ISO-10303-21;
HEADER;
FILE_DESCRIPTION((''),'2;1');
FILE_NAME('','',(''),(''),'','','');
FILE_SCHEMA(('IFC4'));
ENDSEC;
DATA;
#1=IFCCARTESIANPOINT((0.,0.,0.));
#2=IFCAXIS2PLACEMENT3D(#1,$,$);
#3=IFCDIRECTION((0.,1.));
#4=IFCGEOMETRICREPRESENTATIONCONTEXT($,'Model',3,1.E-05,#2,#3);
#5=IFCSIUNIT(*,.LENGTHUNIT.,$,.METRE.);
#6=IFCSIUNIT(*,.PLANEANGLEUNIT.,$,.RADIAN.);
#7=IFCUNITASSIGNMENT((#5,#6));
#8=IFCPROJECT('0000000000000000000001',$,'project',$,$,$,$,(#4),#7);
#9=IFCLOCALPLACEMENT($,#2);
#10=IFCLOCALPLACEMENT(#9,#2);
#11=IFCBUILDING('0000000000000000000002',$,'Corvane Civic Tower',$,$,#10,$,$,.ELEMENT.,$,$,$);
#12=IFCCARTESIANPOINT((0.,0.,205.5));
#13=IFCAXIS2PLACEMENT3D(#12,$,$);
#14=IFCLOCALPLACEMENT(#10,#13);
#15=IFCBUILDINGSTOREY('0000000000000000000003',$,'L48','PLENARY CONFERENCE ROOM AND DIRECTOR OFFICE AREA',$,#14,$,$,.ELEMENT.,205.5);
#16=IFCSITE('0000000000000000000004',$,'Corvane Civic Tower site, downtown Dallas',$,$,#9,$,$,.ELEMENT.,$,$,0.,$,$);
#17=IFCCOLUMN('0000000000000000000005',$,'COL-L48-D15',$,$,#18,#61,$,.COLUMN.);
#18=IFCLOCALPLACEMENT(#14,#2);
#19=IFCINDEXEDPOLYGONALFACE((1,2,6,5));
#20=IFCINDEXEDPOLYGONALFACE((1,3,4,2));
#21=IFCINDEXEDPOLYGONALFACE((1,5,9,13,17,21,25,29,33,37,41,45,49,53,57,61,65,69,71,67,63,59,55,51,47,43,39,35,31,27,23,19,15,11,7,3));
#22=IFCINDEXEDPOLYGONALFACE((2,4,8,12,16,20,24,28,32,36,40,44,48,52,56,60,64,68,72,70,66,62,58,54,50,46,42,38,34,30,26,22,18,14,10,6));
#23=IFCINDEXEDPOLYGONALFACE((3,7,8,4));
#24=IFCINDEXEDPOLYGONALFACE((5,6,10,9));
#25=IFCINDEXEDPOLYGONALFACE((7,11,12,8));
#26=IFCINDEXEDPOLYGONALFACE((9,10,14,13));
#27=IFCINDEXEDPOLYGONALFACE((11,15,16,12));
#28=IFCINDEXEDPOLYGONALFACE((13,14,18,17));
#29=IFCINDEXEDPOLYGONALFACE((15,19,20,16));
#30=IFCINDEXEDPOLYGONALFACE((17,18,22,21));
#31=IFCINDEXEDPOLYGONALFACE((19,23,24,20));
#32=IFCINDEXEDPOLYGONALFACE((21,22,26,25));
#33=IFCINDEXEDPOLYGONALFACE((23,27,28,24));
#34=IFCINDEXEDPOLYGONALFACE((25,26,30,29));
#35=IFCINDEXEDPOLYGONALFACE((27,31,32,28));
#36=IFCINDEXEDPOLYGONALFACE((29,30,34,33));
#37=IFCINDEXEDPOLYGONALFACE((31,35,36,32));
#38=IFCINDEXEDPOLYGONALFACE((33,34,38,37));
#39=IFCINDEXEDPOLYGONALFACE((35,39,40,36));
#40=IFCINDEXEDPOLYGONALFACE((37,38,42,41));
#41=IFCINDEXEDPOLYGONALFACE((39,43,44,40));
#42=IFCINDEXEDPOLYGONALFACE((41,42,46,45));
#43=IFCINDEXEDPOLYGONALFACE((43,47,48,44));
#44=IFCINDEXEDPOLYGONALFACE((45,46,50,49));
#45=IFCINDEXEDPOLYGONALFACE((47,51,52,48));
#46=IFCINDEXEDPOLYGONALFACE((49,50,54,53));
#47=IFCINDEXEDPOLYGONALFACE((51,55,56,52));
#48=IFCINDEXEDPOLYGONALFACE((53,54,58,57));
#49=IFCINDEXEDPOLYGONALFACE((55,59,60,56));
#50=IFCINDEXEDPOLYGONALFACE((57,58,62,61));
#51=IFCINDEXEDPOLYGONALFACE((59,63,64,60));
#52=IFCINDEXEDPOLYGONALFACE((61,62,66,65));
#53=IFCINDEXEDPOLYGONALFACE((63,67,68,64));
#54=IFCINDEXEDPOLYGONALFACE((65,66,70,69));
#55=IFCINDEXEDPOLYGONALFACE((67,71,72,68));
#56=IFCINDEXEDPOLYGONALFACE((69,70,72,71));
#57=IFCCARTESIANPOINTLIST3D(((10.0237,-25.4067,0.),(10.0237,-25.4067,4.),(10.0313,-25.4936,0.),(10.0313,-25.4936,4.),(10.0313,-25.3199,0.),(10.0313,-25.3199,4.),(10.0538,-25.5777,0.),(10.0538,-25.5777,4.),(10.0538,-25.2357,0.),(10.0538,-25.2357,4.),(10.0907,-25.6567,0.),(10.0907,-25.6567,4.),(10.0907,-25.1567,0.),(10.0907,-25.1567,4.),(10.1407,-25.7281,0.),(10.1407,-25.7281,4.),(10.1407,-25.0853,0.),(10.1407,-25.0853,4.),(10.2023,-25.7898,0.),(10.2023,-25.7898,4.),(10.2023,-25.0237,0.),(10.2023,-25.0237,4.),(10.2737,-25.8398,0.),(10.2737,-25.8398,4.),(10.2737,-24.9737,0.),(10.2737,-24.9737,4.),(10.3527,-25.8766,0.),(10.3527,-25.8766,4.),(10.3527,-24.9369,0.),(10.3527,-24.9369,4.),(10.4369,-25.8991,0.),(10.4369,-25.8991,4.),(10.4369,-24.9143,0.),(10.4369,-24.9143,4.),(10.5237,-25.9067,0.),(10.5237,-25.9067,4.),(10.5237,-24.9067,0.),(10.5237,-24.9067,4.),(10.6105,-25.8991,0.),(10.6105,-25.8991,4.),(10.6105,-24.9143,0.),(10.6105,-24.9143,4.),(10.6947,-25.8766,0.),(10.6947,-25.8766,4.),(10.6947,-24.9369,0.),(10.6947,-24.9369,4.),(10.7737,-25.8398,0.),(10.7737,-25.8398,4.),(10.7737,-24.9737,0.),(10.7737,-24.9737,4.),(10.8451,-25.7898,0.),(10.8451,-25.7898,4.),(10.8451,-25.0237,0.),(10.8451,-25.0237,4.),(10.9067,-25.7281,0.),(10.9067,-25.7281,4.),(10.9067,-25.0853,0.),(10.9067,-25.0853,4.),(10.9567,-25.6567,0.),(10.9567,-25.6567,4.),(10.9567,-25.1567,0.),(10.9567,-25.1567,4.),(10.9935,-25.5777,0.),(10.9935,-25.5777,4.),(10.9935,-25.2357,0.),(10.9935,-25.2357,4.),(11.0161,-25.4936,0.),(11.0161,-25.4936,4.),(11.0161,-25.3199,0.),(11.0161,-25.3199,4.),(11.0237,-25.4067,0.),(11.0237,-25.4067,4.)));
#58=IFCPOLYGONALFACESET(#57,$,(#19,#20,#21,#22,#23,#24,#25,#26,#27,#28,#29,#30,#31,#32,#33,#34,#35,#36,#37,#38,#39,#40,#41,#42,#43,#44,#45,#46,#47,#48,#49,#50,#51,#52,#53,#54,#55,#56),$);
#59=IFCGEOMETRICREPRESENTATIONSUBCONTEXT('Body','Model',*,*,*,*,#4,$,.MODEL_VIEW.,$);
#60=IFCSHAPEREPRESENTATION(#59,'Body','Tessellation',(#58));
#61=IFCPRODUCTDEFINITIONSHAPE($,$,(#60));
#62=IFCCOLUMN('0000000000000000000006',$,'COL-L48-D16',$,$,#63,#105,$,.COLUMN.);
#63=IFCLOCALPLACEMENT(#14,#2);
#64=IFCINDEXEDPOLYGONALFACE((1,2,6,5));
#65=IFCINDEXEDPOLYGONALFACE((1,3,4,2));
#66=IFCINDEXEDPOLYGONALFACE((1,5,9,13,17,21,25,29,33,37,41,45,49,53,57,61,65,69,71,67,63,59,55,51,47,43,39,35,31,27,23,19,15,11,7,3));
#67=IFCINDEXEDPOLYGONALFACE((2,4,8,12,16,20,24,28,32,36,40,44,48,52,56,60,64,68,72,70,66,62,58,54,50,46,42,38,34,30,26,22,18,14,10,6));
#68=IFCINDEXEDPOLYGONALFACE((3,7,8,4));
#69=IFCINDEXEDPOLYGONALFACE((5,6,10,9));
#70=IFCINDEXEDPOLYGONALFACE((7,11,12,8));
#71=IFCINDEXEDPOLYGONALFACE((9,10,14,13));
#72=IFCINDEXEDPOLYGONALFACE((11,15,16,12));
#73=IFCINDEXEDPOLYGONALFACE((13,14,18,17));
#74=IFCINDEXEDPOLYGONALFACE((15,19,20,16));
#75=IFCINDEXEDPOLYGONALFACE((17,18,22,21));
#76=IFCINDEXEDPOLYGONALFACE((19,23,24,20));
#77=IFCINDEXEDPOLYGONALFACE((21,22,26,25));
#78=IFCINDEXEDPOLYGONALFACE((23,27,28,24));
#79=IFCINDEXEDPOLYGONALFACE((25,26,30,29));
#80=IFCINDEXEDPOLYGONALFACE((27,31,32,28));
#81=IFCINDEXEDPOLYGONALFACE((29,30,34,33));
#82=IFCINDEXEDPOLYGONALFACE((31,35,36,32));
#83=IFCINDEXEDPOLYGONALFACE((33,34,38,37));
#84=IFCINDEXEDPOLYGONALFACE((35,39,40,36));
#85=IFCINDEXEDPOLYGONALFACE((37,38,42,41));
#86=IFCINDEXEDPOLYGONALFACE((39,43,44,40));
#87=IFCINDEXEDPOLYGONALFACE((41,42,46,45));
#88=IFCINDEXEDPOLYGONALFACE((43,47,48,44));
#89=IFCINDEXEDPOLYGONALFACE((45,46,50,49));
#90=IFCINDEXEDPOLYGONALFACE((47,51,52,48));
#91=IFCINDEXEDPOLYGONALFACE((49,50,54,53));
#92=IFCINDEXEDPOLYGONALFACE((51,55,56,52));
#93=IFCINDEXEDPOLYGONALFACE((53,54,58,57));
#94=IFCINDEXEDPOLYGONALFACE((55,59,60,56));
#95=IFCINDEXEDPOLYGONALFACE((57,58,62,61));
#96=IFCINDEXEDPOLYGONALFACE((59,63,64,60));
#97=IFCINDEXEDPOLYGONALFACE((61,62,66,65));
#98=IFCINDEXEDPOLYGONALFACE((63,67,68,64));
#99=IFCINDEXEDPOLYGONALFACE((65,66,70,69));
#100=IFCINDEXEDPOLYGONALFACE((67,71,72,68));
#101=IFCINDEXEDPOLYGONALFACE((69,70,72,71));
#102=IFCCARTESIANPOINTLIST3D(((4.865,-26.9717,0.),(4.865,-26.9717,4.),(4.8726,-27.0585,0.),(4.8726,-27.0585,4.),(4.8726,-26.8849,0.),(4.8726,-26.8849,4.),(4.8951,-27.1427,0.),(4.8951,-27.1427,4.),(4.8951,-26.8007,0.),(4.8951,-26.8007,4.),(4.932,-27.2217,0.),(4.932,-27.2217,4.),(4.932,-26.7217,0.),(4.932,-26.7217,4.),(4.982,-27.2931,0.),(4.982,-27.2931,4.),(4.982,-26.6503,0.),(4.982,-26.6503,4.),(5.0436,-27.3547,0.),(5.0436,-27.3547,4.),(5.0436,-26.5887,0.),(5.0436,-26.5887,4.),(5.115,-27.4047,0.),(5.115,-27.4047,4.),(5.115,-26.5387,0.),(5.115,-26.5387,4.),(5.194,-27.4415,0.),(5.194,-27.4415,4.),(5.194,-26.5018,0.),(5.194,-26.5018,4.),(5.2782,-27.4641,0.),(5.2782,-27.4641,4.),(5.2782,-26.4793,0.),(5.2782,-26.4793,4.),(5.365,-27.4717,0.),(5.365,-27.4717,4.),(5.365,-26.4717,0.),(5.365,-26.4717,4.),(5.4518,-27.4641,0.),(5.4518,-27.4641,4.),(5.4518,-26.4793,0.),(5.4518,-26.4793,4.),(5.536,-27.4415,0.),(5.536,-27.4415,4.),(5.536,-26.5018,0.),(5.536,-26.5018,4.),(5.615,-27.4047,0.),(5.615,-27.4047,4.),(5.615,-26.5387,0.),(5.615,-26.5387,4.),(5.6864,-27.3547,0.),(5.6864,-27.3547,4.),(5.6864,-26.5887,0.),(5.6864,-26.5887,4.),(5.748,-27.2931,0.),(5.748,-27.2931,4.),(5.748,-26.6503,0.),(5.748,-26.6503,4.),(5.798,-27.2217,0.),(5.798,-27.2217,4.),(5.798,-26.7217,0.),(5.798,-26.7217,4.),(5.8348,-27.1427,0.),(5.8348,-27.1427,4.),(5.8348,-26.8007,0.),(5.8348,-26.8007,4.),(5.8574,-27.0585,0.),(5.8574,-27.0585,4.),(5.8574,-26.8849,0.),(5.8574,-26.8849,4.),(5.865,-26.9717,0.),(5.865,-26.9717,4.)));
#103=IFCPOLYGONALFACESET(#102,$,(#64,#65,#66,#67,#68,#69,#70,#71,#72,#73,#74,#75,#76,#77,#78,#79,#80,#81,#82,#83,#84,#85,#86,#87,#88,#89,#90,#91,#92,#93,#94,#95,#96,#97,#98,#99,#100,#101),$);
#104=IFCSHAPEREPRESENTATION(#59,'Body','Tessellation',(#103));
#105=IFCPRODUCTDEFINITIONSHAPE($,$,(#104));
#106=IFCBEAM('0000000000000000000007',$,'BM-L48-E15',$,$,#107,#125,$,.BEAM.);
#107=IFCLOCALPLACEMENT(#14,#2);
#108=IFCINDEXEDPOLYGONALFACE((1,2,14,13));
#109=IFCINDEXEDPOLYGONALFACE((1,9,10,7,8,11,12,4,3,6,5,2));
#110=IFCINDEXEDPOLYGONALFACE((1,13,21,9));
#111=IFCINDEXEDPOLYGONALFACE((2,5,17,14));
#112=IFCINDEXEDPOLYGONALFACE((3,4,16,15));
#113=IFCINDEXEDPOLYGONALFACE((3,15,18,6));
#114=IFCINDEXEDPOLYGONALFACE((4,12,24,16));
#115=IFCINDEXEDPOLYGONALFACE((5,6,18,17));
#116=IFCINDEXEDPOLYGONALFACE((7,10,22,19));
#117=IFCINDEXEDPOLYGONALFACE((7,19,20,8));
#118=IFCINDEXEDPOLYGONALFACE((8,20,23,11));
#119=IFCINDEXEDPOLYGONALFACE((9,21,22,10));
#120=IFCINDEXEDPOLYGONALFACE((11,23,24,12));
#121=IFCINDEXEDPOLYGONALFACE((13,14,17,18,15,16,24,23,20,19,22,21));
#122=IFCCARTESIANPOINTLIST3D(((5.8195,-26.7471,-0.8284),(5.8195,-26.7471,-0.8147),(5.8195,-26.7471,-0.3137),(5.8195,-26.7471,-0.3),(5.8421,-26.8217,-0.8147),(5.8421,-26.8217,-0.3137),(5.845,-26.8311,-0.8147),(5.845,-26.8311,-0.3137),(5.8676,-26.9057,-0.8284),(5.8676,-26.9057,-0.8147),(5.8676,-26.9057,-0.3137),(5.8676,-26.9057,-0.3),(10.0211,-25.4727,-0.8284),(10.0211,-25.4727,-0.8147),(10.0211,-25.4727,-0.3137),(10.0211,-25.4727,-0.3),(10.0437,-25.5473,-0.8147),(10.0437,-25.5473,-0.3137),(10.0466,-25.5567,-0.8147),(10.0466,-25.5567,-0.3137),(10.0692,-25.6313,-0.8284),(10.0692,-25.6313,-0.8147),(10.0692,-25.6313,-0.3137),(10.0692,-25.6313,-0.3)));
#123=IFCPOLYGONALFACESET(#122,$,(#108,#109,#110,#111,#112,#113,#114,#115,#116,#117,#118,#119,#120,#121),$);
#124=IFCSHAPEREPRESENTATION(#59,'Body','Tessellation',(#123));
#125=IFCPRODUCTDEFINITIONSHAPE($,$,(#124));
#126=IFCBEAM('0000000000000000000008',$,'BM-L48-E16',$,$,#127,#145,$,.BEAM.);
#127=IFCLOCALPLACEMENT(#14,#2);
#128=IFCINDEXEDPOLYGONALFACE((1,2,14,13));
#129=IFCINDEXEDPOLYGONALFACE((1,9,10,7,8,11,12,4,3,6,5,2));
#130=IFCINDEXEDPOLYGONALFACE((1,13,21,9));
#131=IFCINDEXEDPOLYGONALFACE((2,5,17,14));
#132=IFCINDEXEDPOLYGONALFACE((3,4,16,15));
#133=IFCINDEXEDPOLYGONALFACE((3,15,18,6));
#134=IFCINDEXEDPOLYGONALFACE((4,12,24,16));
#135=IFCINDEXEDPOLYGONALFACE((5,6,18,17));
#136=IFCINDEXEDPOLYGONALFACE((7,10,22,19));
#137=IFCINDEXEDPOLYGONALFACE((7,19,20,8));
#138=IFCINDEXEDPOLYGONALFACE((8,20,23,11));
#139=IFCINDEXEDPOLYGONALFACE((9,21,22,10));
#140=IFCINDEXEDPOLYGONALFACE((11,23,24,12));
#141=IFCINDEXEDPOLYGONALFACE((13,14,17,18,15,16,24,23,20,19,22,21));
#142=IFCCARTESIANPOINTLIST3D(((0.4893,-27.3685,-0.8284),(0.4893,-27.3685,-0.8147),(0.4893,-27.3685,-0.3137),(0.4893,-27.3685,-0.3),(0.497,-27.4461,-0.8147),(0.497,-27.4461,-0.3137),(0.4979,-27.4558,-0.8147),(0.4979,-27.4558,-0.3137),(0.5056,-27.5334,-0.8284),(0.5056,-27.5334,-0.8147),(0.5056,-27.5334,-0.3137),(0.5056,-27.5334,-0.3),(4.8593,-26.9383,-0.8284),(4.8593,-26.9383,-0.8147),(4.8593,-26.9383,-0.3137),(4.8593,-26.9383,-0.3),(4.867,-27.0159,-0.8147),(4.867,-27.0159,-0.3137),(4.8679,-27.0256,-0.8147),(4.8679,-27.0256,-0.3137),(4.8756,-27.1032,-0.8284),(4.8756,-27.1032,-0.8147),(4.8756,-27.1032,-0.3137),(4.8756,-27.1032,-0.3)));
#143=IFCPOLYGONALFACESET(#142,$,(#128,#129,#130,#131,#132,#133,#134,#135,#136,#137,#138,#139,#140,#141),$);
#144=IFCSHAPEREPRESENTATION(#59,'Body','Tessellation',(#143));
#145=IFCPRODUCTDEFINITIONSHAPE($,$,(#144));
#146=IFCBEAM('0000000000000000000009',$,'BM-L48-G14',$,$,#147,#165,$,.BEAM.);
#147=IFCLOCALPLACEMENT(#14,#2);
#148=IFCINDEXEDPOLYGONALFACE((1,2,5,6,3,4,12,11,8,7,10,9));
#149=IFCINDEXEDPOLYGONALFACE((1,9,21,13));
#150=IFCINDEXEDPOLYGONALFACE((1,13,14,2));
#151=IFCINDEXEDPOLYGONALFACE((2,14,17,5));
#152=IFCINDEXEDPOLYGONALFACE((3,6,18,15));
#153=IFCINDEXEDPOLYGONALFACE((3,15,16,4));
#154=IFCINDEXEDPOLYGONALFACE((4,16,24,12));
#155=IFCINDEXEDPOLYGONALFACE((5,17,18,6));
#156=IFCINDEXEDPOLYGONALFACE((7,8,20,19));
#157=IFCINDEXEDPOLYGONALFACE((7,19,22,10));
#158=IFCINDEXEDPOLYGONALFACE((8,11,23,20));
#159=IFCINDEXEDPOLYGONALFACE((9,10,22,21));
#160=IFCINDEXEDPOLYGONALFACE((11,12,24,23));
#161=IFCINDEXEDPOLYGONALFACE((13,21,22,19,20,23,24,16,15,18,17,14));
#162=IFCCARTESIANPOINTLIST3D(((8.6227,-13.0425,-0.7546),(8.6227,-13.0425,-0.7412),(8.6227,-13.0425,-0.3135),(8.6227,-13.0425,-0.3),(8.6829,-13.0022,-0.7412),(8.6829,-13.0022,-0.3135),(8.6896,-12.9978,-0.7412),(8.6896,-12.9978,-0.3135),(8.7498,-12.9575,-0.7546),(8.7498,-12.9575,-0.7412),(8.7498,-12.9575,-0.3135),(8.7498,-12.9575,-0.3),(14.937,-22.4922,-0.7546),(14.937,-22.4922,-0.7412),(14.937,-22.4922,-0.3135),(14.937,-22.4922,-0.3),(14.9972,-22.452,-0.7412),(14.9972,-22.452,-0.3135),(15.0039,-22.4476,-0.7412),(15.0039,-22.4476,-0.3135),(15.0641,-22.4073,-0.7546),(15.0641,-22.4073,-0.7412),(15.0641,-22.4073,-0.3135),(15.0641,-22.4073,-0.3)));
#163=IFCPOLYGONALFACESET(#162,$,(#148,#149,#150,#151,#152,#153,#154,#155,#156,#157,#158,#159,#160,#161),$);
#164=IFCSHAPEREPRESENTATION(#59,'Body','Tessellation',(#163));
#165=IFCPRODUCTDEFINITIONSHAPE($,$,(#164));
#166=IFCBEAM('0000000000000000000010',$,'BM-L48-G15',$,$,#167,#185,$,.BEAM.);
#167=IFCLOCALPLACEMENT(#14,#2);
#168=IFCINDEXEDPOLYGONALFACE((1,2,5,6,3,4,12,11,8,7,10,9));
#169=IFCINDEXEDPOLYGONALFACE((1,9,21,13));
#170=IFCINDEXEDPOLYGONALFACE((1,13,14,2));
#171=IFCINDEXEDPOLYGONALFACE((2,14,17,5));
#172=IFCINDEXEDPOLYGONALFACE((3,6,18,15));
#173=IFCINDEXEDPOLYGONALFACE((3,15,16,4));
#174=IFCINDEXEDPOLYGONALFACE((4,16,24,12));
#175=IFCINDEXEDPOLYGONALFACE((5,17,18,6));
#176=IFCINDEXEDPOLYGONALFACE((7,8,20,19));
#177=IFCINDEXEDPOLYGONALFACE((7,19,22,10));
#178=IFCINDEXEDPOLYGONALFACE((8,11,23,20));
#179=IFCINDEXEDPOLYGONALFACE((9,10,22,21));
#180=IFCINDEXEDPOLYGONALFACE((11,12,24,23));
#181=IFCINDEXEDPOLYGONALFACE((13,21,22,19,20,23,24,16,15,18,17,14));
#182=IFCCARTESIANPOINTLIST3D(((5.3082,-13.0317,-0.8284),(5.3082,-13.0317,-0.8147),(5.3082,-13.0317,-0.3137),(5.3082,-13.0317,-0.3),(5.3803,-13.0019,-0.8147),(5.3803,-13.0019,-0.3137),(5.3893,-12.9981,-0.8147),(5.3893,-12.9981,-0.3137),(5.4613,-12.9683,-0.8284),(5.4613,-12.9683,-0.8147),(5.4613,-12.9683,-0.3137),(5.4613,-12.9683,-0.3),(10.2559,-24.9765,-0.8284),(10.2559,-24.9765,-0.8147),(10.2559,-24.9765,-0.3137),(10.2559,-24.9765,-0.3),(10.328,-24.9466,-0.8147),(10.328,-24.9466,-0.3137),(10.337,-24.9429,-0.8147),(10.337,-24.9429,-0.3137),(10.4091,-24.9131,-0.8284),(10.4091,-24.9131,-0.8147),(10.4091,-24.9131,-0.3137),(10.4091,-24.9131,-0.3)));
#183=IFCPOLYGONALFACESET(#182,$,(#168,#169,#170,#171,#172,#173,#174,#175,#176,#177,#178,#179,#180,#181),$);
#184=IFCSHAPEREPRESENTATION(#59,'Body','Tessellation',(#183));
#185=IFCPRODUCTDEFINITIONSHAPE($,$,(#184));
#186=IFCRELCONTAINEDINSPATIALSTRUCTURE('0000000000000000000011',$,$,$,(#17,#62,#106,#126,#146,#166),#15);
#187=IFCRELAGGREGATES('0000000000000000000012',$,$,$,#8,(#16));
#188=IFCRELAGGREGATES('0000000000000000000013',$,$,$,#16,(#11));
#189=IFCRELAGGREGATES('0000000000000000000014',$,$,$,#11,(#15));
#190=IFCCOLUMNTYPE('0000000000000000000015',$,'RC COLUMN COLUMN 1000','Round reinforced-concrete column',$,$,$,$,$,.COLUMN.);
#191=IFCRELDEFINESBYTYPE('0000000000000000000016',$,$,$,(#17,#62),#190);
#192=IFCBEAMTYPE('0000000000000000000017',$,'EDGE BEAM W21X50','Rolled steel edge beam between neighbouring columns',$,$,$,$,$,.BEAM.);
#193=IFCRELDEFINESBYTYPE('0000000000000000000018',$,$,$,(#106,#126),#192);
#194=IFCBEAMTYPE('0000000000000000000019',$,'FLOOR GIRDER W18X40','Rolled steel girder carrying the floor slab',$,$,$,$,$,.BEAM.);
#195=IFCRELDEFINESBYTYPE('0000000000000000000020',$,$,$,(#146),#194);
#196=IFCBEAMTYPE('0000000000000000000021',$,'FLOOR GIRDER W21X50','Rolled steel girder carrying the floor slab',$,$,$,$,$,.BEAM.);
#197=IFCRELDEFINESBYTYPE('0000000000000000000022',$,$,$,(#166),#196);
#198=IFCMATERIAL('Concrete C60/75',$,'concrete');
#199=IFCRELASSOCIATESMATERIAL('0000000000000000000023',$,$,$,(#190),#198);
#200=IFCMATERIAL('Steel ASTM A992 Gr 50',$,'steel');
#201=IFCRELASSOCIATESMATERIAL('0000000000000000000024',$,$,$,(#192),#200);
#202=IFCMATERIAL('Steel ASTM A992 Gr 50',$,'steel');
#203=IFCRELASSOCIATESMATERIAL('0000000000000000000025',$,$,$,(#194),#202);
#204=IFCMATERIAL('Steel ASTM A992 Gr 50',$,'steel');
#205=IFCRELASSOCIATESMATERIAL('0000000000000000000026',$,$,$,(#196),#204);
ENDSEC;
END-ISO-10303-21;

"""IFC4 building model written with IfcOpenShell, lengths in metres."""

from ifc_helpers import new_model, si_unit, direction, frame, origin, origin_2d, place, context, subcontext, project, spatial, circle, i_section, extrude, material, material_profile, profile_set, type_object, element, save


model = new_model("IFC4")

# Units and contexts
model_context = context("Model", 3, precision=1e-05, world=origin(), true_north=direction((0.0, 1.0)))
body_context = subcontext(model_context, "Body", "Model", "MODEL_VIEW")
ifc_project = project(units=[si_unit("LENGTHUNIT", "METRE"), si_unit("PLANEANGLEUNIT", "RADIAN")], contexts=[model_context])

# Site, building, storey
site_placement = place(None, origin())
site = spatial("IfcSite", under=ifc_project, at=site_placement, Name="Corvane Civic Tower site, downtown Dallas", CompositionType="ELEMENT", RefElevation=0.0)
building_placement = place(site_placement, origin())
building = spatial("IfcBuilding", under=site, at=building_placement, Name="Corvane Civic Tower", CompositionType="ELEMENT")
storey_placement = place(building_placement, frame((0.0, 0.0, 205.5)))
storey = spatial("IfcBuildingStorey", under=building, at=storey_placement, Name="L48", Description="PLENARY CONFERENCE ROOM AND DIRECTOR OFFICE AREA", CompositionType="ELEMENT", Elevation=205.5)

# Columns
ifc_material_1 = material(Name="Concrete C60/75", Category="concrete")
ifc_material_profile_1 = material_profile(ifc_material_1, circle(Radius=0.5, at=origin_2d()), Name="COLUMN 1000")
ifc_profile_set_1 = profile_set([ifc_material_profile_1], Name="Concrete C60/75")
column_type = type_object("IfcColumnType", Name="RC COLUMN COLUMN 1000", Description="Round reinforced-concrete column", PredefinedType="COLUMN", material=ifc_profile_set_1)
for number, where, z_axis, x_axis, name in (
    (1, (10.5237, -25.4067, 0.0), (0.0, 0.0, 1.0), (1.0, 0.0, 0.0), "COL-L48-D15"),
    (2, (5.365, -26.9717, 0.0), (0.0, 0.0, 1.0), (1.0, 0.0, 0.0), "COL-L48-D16"),
):
    element("IfcColumn", number, at=place(storey_placement, frame(where, z_axis=z_axis, x_axis=x_axis)), inside=storey, type_object=column_type, Name=name, PredefinedType="COLUMN", context=body_context, shape_type="SweptSolid", body=[
        extrude(circle(Radius=0.5, at=origin_2d()), origin(), (0.0, 0.0, 1.0), 4.0),
    ])

# Beams
ifc_material_2 = material(Name="Steel ASTM A992 Gr 50", Category="steel")
ifc_material_profile_2 = material_profile(ifc_material_2, i_section(OverallWidth=0.1658, OverallDepth=0.5283, WebThickness=0.0098, FlangeThickness=0.0137, at=origin_2d()), Name="W21X50")
ifc_profile_set_2 = profile_set([ifc_material_profile_2], Name="Steel ASTM A992 Gr 50")
beam_type_1 = type_object("IfcBeamType", Name="EDGE BEAM W21X50", Description="Rolled steel edge beam between neighbouring columns", PredefinedType="BEAM", material=ifc_profile_set_2)
beam_1_placement = place(storey_placement, frame((10.0452, -25.552, -0.5642), z_axis=(-0.95695, -0.290254, 0.0), x_axis=(0.290254, -0.95695, 0.0)))
element("IfcBeam", 3, at=beam_1_placement, inside=storey, type_object=beam_type_1, Name="BM-L48-E15", PredefinedType="BEAM", context=body_context, shape_type="SweptSolid", body=[
    extrude(i_section(OverallWidth=0.1658, OverallDepth=0.5283, WebThickness=0.0098, FlangeThickness=0.0137, at=origin_2d()), origin(), (0.0, 0.0, 1.0), 4.3906),
])
beam_2_placement = place(storey_placement, frame((4.8674, -27.0208, -0.5642), z_axis=(-0.99519, -0.097968, 0.0), x_axis=(0.097968, -0.99519, 0.0)))
element("IfcBeam", 4, at=beam_2_placement, inside=storey, type_object=beam_type_1, Name="BM-L48-E16", PredefinedType="BEAM", context=body_context, shape_type="SweptSolid", body=[
    extrude(i_section(OverallWidth=0.1658, OverallDepth=0.5283, WebThickness=0.0098, FlangeThickness=0.0137, at=origin_2d()), origin(), (0.0, 0.0, 1.0), 4.3911),
])
ifc_material_3 = material(Name="Steel ASTM A992 Gr 50", Category="steel")
ifc_material_profile_3 = material_profile(ifc_material_3, i_section(OverallWidth=0.1528, OverallDepth=0.4546, WebThickness=0.0081, FlangeThickness=0.0134, at=origin_2d()), Name="W18X40")
ifc_profile_set_3 = profile_set([ifc_material_profile_3], Name="Steel ASTM A992 Gr 50")
beam_type_2 = type_object("IfcBeamType", Name="FLOOR GIRDER W18X40", Description="Rolled steel girder carrying the floor slab", PredefinedType="BEAM", material=ifc_profile_set_3)
beam_3_placement = place(storey_placement, frame((8.6863, -13.0, -0.5273), z_axis=(0.555577, -0.831465, 0.0), x_axis=(0.831465, 0.555577, 0.0)))
element("IfcBeam", 5, at=beam_3_placement, inside=storey, type_object=beam_type_2, Name="BM-L48-G14", PredefinedType="BEAM", context=body_context, shape_type="SweptSolid", body=[
    extrude(i_section(OverallWidth=0.1528, OverallDepth=0.4546, WebThickness=0.0081, FlangeThickness=0.0134, at=origin_2d()), origin(), (0.0, 0.0, 1.0), 11.3652),
])
ifc_material_4 = material(Name="Steel ASTM A992 Gr 50", Category="steel")
ifc_material_profile_4 = material_profile(ifc_material_4, i_section(OverallWidth=0.1658, OverallDepth=0.5283, WebThickness=0.0098, FlangeThickness=0.0137, at=origin_2d()), Name="W21X50")
ifc_profile_set_4 = profile_set([ifc_material_profile_4], Name="Steel ASTM A992 Gr 50")
beam_type_3 = type_object("IfcBeamType", Name="FLOOR GIRDER W21X50", Description="Rolled steel girder carrying the floor slab", PredefinedType="BEAM", material=ifc_profile_set_4)
beam_4_placement = place(storey_placement, frame((5.3848, -13.0, -0.5642), z_axis=(0.382686, -0.923878, 0.0), x_axis=(0.923878, 0.382686, 0.0)))
element("IfcBeam", 6, at=beam_4_placement, inside=storey, type_object=beam_type_3, Name="BM-L48-G15", PredefinedType="BEAM", context=body_context, shape_type="SweptSolid", body=[
    extrude(i_section(OverallWidth=0.1658, OverallDepth=0.5283, WebThickness=0.0098, FlangeThickness=0.0137, at=origin_2d()), origin(), (0.0, 0.0, 1.0), 12.929),
])

save(model, "model.ifc")
